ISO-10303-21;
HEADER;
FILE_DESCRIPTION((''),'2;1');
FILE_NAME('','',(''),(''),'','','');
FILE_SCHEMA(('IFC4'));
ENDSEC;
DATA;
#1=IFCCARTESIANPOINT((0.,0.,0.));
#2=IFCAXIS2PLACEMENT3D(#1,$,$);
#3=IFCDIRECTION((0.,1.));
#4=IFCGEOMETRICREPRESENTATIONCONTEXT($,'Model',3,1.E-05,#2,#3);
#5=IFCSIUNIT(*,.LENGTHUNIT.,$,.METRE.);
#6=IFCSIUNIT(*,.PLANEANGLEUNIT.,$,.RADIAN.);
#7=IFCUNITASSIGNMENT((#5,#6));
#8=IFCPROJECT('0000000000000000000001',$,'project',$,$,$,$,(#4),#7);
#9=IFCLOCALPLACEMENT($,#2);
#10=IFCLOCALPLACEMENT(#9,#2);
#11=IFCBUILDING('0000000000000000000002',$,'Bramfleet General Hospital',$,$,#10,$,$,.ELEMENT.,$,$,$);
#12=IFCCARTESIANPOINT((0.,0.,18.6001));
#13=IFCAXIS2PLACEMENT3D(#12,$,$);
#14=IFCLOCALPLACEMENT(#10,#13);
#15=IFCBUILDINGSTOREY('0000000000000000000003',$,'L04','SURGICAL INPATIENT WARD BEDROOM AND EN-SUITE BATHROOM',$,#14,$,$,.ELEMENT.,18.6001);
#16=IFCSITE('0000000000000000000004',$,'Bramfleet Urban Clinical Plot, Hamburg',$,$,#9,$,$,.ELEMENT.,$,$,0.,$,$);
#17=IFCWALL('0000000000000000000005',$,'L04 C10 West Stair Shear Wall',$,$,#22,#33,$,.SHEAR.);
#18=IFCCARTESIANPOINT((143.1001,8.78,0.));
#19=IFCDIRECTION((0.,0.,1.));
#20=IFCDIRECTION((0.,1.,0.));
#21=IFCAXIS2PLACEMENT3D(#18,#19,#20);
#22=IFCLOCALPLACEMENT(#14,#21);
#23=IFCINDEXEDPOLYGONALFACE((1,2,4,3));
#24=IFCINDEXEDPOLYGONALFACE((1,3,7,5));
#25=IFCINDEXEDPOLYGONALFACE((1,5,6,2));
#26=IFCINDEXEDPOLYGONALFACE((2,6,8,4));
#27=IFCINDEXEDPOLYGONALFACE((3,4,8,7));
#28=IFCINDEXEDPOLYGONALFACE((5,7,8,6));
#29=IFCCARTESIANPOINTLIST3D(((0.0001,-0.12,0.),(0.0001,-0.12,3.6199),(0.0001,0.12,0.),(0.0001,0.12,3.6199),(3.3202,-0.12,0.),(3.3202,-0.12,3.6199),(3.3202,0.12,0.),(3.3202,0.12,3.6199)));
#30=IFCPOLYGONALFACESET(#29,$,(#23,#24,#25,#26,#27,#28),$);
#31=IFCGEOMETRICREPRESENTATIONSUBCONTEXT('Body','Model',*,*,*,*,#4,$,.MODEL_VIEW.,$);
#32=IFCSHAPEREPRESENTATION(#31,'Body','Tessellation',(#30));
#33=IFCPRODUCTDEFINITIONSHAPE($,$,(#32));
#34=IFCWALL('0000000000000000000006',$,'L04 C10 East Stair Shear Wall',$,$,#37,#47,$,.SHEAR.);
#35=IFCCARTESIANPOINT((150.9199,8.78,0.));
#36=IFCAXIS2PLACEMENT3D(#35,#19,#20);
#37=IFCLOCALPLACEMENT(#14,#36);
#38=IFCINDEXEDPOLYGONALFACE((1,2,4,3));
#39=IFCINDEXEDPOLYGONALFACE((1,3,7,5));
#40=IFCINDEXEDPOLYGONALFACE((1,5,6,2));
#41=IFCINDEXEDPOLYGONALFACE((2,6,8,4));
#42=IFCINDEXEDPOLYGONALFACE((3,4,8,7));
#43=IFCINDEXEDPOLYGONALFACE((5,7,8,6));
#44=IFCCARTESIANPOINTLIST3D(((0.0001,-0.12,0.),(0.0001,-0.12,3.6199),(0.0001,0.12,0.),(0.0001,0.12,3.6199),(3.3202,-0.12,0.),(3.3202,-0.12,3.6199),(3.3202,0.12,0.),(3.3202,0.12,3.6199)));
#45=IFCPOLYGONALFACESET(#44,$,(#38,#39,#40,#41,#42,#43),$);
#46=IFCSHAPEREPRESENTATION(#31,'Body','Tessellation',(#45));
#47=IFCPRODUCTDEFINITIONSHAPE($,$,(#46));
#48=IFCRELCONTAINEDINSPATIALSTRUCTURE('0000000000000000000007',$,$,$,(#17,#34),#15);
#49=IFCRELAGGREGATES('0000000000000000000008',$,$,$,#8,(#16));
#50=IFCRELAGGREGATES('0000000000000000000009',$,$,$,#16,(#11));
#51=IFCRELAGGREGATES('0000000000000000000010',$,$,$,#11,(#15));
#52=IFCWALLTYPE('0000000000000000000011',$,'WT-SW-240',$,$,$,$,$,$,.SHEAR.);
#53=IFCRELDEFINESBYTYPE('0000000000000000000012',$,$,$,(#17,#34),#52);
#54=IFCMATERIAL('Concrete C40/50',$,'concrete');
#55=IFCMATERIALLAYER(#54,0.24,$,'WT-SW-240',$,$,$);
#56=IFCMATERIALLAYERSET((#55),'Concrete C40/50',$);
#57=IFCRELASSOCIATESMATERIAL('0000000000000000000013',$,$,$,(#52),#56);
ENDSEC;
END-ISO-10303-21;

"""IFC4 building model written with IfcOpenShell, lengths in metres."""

from ifc_helpers import new_model, si_unit, direction, frame, frame_2d, origin, place, context, subcontext, project, spatial, rectangle, extrude, material, layer, layer_set, type_object, element, save


model = new_model("IFC4")

# Units and contexts
model_context = context("Model", 3, precision=1e-05, world=origin(), true_north=direction((0.0, 1.0)))
body_context = subcontext(model_context, "Body", "Model", "MODEL_VIEW")
ifc_project = project(units=[si_unit("LENGTHUNIT", "METRE"), si_unit("PLANEANGLEUNIT", "RADIAN")], contexts=[model_context])

# Site, building, storey
site_placement = place(None, origin())
site = spatial("IfcSite", under=ifc_project, at=site_placement, Name="Bramfleet Urban Clinical Plot, Hamburg", CompositionType="ELEMENT", RefElevation=0.0)
building_placement = place(site_placement, origin())
building = spatial("IfcBuilding", under=site, at=building_placement, Name="Bramfleet General Hospital", CompositionType="ELEMENT")
storey_placement = place(building_placement, frame((0.0, 0.0, 18.6001)))
storey = spatial("IfcBuildingStorey", under=building, at=storey_placement, Name="L04", Description="SURGICAL INPATIENT WARD BEDROOM AND EN-SUITE BATHROOM", CompositionType="ELEMENT", Elevation=18.6001)

# Shared definitions
ifc_material_1 = material(Name="Concrete C40/50", Category="concrete")

# Walls
ifc_layer_1 = layer(ifc_material_1, 0.24, Name="WT-SW-240")
ifc_layer_set_1 = layer_set([ifc_layer_1], Name="Concrete C40/50")
wall_type_1 = type_object("IfcWallType", Name="WT-SW-240", PredefinedType="SHEAR", material=ifc_layer_set_1)
for number, where, z_axis, x_axis, name in (
    (1, (143.1001, 8.78, 0.0), (0.0, 0.0, 1.0), (0.0, 1.0, 0.0), "L04 C10 West Stair Shear Wall"),
    (2, (150.9199, 8.78, 0.0), (0.0, 0.0, 1.0), (0.0, 1.0, 0.0), "L04 C10 East Stair Shear Wall"),
):
    element("IfcWall", number, at=place(storey_placement, frame(where, z_axis=z_axis, x_axis=x_axis)), inside=storey, type_object=wall_type_1, Name=name, PredefinedType="SHEAR", context=body_context, shape_type="SweptSolid", body=[
        extrude(rectangle(XDim=3.3201, YDim=0.24, at=frame_2d((1.6602, 0.0))), origin(), (0.0, 0.0, 1.0), 3.6199),
    ])

save(model, "model.ifc")
